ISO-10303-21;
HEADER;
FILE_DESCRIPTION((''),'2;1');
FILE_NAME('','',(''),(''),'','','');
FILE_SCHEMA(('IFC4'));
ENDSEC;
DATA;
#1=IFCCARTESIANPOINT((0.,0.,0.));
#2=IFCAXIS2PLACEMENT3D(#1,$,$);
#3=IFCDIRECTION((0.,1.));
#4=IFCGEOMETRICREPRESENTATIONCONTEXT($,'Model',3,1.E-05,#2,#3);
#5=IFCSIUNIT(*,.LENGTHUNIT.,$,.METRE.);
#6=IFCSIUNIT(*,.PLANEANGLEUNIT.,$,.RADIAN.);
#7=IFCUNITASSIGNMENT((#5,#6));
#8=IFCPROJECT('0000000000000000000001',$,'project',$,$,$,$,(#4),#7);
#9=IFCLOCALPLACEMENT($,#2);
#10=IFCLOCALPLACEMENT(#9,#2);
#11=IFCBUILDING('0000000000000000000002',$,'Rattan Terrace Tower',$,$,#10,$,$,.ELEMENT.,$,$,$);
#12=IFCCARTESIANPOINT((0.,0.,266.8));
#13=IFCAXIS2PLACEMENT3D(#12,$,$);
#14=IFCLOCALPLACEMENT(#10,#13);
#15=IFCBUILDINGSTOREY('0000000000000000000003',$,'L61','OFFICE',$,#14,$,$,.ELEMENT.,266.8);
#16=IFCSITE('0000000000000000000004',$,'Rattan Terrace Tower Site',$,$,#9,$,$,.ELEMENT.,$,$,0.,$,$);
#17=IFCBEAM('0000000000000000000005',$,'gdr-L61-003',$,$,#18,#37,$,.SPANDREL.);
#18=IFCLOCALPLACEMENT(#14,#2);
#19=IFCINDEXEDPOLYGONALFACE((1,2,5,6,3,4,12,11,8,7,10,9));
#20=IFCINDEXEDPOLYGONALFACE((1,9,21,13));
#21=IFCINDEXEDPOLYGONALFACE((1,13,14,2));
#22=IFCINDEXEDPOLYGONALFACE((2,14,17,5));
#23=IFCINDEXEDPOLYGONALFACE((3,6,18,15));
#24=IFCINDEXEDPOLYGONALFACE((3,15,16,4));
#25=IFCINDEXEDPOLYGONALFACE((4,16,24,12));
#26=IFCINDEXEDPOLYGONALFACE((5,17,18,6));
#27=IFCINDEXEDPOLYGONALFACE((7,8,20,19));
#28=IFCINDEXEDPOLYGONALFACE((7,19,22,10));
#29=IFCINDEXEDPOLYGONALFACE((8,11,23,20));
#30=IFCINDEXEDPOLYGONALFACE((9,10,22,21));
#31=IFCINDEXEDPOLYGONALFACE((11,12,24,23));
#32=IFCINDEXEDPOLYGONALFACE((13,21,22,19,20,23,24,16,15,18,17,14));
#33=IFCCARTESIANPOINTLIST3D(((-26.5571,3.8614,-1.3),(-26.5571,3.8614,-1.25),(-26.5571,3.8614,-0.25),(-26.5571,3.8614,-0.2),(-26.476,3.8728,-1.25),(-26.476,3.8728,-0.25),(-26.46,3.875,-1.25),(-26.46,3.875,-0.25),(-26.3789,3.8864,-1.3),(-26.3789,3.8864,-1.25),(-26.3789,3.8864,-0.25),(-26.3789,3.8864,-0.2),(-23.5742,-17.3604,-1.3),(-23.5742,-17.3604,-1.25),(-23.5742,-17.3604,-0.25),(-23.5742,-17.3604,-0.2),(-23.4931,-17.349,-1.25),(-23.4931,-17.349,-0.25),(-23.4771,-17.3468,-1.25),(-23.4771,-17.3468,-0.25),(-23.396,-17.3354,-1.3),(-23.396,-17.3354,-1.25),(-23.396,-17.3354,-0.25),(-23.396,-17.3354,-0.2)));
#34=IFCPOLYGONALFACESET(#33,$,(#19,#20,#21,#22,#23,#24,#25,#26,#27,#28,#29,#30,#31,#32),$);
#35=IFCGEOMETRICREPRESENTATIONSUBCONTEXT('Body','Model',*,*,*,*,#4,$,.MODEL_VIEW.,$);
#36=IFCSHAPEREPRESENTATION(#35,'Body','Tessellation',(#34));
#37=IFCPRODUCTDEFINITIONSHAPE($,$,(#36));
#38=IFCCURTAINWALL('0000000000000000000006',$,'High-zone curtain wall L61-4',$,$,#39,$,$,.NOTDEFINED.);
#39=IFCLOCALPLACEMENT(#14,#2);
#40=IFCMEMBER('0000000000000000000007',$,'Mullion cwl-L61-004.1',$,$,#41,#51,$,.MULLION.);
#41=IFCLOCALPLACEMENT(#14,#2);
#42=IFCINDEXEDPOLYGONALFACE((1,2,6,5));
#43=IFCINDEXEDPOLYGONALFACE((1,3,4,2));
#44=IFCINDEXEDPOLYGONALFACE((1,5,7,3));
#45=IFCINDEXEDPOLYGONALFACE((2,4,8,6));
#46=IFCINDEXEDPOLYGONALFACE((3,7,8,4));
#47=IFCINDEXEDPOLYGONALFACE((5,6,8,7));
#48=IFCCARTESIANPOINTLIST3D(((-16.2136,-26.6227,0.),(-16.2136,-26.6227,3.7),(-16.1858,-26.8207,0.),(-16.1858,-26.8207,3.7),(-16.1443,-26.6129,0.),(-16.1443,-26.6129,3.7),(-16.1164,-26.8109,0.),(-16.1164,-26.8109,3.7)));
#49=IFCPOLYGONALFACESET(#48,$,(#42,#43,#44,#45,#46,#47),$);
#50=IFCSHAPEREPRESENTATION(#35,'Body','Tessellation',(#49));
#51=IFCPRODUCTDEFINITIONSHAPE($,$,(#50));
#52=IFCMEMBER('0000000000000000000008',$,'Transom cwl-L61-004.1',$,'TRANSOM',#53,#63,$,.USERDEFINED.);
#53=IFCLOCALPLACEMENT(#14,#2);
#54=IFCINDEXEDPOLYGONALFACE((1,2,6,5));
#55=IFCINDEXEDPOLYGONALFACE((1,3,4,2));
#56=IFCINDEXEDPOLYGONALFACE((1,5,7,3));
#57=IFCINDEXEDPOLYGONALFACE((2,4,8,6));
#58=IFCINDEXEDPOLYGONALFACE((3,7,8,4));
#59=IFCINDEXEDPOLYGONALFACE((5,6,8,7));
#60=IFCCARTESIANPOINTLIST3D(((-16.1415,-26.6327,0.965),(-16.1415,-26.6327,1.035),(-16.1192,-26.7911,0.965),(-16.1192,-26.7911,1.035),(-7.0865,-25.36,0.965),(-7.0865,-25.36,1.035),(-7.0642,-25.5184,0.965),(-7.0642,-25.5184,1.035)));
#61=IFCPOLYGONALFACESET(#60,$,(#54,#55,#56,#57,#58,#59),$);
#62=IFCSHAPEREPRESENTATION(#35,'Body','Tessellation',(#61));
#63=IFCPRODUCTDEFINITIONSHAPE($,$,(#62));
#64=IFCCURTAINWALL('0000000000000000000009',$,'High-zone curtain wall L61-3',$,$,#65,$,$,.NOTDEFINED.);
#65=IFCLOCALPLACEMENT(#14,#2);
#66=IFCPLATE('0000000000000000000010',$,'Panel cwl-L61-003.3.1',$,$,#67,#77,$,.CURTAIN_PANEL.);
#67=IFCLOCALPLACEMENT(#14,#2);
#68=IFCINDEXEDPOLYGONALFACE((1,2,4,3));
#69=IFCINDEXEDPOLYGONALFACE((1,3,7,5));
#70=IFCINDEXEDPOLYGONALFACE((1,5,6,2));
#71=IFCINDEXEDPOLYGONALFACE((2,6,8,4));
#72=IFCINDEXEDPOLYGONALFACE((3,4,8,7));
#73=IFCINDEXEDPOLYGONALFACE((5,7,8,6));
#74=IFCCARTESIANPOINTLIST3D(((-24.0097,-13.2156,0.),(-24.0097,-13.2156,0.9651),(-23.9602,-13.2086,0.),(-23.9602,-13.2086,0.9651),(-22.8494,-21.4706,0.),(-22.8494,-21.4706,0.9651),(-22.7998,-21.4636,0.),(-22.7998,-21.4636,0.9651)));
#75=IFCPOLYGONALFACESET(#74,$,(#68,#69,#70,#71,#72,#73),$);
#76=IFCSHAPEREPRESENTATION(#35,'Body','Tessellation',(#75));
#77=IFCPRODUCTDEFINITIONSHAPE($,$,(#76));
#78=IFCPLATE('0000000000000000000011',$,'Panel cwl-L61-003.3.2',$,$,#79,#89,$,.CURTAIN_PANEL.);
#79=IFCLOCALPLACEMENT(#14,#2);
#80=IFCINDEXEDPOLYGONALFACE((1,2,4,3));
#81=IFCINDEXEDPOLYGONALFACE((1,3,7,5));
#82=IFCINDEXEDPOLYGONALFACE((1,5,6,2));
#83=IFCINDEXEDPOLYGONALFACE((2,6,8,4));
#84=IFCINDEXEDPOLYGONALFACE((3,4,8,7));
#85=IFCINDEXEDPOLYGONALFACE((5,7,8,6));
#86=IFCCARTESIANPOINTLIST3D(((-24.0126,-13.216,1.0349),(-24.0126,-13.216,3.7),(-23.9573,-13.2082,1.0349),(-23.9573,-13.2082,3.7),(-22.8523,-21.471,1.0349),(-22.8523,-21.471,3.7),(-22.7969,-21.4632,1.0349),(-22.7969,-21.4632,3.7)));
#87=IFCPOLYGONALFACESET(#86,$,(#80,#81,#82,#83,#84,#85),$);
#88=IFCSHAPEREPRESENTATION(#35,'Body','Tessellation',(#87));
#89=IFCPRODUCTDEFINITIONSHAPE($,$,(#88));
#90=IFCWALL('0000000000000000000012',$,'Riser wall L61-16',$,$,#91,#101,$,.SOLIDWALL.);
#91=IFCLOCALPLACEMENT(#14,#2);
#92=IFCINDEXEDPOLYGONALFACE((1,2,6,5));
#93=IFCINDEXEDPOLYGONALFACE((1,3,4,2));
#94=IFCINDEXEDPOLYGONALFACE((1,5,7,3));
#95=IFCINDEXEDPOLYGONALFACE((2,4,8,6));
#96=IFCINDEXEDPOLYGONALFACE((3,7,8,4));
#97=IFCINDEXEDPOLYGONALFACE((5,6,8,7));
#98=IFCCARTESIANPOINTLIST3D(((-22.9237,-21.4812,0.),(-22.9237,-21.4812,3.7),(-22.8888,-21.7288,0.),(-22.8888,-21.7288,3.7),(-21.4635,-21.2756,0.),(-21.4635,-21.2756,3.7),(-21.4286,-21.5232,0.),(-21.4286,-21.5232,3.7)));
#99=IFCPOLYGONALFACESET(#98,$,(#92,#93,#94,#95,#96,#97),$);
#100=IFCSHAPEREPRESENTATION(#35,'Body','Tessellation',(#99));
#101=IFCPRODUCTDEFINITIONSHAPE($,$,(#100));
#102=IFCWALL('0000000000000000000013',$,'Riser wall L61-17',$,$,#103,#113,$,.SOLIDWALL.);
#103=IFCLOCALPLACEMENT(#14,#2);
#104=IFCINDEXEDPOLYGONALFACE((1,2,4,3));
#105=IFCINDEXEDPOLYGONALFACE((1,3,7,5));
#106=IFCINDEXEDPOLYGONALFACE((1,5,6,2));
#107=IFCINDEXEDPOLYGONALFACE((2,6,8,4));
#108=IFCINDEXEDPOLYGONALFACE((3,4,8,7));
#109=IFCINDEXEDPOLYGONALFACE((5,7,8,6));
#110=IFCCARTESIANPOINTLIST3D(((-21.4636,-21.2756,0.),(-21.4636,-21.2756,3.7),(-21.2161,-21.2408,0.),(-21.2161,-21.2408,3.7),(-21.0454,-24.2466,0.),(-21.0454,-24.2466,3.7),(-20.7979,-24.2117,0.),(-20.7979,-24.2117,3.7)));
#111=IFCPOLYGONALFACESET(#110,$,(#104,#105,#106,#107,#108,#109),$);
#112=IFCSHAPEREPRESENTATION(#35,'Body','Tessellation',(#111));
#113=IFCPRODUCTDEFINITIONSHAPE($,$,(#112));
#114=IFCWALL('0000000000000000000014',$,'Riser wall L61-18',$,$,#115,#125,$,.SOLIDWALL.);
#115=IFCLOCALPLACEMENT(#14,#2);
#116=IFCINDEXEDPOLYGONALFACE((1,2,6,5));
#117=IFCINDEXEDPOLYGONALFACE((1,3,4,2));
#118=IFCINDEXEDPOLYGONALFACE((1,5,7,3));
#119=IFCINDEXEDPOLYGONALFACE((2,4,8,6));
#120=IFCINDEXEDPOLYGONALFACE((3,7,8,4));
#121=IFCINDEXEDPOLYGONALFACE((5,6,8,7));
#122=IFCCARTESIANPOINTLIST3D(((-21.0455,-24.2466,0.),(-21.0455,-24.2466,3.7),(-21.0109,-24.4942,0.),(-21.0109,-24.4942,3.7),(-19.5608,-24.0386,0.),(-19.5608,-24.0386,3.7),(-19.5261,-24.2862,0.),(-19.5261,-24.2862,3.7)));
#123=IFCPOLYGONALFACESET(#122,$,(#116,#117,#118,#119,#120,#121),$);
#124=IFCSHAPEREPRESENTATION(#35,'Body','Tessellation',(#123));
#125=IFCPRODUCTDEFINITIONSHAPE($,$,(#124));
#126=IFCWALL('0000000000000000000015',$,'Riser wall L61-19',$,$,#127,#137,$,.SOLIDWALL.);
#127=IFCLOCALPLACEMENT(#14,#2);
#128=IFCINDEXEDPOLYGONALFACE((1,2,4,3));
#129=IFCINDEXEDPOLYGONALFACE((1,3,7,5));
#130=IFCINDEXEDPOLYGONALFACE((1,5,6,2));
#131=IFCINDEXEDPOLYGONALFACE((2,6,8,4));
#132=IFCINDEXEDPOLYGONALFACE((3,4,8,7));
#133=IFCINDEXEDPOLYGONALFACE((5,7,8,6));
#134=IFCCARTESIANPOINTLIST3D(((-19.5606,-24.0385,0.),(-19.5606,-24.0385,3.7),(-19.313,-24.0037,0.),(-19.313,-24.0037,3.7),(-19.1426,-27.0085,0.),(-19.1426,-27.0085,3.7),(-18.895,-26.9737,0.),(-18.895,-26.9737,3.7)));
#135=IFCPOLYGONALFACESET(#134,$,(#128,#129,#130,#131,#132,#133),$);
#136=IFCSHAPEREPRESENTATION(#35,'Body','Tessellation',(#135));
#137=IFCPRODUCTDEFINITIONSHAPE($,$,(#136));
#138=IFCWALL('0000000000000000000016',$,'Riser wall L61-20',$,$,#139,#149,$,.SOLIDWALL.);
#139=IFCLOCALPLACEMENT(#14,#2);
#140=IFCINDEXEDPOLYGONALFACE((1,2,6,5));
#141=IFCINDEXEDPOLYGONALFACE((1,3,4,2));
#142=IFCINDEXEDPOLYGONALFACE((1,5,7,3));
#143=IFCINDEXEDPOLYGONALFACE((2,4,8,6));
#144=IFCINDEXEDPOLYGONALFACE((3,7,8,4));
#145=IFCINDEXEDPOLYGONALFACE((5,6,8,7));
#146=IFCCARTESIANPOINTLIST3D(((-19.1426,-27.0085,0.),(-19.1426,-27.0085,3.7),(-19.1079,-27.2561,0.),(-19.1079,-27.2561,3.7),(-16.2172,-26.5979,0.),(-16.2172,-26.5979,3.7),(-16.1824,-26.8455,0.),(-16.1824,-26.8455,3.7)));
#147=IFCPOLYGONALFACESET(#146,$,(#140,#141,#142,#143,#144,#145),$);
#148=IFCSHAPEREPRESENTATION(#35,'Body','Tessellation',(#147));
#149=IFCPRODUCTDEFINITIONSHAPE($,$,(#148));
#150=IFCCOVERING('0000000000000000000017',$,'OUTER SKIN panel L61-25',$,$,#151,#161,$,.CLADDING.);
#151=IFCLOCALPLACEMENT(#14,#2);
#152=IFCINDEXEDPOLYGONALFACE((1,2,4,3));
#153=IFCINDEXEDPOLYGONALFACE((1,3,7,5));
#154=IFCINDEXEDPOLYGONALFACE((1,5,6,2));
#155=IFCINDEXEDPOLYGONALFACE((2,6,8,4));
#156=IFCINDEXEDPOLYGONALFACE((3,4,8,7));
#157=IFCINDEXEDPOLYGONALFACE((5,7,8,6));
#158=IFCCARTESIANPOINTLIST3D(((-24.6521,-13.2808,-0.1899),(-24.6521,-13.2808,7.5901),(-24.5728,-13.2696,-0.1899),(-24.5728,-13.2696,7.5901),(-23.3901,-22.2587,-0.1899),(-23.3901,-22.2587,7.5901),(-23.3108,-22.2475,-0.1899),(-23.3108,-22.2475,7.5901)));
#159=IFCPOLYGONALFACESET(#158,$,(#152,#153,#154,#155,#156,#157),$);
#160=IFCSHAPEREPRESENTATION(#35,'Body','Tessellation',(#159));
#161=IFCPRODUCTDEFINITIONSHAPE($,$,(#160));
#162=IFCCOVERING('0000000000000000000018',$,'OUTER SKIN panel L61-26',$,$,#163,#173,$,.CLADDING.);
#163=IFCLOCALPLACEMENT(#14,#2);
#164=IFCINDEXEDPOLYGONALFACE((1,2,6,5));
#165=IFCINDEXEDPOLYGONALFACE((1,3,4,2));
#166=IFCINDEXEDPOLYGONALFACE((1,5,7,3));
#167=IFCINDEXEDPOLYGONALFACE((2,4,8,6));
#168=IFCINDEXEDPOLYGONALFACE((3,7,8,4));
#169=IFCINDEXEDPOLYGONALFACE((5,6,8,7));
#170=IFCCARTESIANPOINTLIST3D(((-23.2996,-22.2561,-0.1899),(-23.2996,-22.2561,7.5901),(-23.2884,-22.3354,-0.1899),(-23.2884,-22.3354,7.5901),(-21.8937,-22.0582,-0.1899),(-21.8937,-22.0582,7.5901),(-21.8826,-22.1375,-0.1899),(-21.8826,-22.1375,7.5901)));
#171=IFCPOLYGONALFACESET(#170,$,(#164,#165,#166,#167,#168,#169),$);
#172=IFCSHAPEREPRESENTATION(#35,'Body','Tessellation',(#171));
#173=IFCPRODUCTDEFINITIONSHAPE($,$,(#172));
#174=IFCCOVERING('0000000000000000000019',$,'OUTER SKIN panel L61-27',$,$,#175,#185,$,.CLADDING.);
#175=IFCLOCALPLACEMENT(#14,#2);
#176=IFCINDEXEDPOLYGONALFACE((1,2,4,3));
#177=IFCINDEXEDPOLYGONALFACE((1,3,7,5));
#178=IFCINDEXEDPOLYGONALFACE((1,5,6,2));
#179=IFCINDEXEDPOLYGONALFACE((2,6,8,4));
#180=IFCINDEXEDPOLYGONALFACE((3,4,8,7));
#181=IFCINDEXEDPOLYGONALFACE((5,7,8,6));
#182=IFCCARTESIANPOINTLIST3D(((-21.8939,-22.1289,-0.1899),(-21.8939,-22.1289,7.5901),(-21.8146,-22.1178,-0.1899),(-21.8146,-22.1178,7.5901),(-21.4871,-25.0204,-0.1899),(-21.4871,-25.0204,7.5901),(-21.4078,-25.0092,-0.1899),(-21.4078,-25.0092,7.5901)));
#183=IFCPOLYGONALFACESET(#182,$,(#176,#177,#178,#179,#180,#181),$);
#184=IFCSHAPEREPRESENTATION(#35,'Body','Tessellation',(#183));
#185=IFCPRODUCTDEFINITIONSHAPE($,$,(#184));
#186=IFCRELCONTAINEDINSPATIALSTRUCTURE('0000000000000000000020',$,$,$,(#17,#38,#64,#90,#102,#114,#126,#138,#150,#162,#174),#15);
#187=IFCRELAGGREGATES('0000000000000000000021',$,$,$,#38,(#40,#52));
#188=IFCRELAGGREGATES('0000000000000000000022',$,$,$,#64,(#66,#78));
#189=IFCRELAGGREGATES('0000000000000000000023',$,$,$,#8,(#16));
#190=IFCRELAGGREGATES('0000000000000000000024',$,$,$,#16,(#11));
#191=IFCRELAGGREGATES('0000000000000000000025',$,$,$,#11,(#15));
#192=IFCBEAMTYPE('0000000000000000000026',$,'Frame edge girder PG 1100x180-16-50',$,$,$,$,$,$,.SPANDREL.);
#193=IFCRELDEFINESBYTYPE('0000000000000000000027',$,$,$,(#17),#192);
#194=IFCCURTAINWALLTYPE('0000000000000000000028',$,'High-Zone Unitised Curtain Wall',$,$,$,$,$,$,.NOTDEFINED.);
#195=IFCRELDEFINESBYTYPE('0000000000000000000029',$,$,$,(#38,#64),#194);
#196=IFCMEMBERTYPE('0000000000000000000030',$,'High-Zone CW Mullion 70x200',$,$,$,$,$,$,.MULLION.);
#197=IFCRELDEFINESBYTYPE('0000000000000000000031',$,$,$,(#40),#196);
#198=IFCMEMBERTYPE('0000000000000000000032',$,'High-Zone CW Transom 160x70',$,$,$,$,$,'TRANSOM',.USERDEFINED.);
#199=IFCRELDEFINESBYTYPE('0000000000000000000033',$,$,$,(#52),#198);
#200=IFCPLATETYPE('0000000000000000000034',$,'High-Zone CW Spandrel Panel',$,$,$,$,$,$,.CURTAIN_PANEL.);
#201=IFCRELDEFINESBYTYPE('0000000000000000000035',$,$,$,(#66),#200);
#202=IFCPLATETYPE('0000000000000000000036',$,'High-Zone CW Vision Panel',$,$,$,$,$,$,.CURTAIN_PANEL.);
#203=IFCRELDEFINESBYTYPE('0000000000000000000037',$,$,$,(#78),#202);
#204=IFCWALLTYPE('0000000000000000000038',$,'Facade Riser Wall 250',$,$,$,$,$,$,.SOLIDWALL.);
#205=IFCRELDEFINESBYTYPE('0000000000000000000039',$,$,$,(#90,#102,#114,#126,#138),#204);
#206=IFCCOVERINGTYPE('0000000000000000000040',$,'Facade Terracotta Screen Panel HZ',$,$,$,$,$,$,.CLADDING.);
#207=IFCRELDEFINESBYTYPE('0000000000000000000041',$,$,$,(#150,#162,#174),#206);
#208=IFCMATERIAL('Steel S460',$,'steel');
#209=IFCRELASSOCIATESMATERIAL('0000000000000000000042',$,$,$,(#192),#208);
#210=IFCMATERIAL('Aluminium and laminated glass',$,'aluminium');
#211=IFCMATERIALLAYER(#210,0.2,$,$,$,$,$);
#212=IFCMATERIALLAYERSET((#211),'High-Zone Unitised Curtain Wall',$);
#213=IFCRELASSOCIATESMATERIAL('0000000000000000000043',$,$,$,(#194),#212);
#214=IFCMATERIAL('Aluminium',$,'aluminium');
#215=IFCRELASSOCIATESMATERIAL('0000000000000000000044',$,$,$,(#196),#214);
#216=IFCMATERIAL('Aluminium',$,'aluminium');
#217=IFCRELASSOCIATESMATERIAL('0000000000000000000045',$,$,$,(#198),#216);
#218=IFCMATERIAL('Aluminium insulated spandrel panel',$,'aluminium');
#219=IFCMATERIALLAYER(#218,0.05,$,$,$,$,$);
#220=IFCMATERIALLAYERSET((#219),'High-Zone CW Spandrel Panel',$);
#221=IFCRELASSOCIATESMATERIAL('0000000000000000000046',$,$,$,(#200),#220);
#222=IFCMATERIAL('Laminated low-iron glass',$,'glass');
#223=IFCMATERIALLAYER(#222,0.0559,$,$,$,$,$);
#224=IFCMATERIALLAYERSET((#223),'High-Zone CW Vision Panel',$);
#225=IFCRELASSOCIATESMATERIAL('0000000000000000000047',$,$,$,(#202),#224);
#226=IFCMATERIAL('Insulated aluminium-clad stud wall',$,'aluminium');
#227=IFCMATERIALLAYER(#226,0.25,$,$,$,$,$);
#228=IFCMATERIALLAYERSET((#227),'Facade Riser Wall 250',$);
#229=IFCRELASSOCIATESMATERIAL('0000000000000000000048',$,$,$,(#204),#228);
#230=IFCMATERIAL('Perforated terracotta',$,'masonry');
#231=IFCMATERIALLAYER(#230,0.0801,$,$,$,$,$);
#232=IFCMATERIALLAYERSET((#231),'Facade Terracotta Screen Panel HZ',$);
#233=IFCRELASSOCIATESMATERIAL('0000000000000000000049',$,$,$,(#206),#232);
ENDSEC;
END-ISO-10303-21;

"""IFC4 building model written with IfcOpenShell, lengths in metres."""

from ifc_helpers import new_model, si_unit, direction, frame, frame_2d, origin, origin_2d, place, context, subcontext, project, spatial, rectangle, i_section, extrude, material, layer, layer_set, material_profile, profile_set, type_object, element, aggregate, save


model = new_model("IFC4")

# Units and contexts
model_context = context("Model", 3, precision=1e-05, world=origin(), true_north=direction((0.0, 1.0)))
body_context = subcontext(model_context, "Body", "Model", "MODEL_VIEW")
ifc_project = project(units=[si_unit("LENGTHUNIT", "METRE"), si_unit("PLANEANGLEUNIT", "RADIAN")], contexts=[model_context])

# Site, building, storey
site_placement = place(None, origin())
site = spatial("IfcSite", under=ifc_project, at=site_placement, Name="Rattan Terrace Tower Site", CompositionType="ELEMENT", RefElevation=0.0)
building_placement = place(site_placement, origin())
building = spatial("IfcBuilding", under=site, at=building_placement, Name="Rattan Terrace Tower", CompositionType="ELEMENT")
storey_placement = place(building_placement, frame((0.0, 0.0, 266.8)))
storey = spatial("IfcBuildingStorey", under=building, at=storey_placement, Name="L61", Description="OFFICE", CompositionType="ELEMENT", Elevation=266.8)

# Beam
ifc_material_1 = material(Name="Steel S460", Category="steel")
ifc_material_profile_1 = material_profile(ifc_material_1, i_section(OverallWidth=0.1799, OverallDepth=1.1001, WebThickness=0.0161, FlangeThickness=0.05, at=origin_2d()), Name="PG 1100x180-16-50")
ifc_profile_set_1 = profile_set([ifc_material_profile_1], Name="Steel S460")
beam_type = type_object("IfcBeamType", Name="Frame edge girder PG 1100x180-16-50", PredefinedType="SPANDREL", material=ifc_profile_set_1)
beam_placement = place(storey_placement, frame((-23.4851, -17.3479, -0.75), z_axis=(-0.13919, 0.990266, 0.0), x_axis=(-0.990266, -0.13919, 0.0)))
element("IfcBeam", 1, at=beam_placement, inside=storey, type_object=beam_type, Name="gdr-L61-003", PredefinedType="SPANDREL", context=body_context, shape_type="SweptSolid", body=[
    extrude(i_section(OverallWidth=0.1799, OverallDepth=1.1001, WebThickness=0.0161, FlangeThickness=0.05, at=origin_2d()), origin(), (0.0, 0.0, 1.0), 21.4304),
])

# Curtain wall, members
ifc_material_2 = material(Name="Aluminium and laminated glass", Category="aluminium")
ifc_layer_1 = layer(ifc_material_2, 0.2)
ifc_layer_set_1 = layer_set([ifc_layer_1], Name="High-Zone Unitised Curtain Wall")
curtain_wall_type = type_object("IfcCurtainWallType", Name="High-Zone Unitised Curtain Wall", PredefinedType="NOTDEFINED", material=ifc_layer_set_1)
curtain_wall_1_placement = place(storey_placement, origin())
curtain_wall_1 = element("IfcCurtainWall", 2, at=curtain_wall_1_placement, inside=storey, type_object=curtain_wall_type, Name="High-zone curtain wall L61-4", PredefinedType="NOTDEFINED")
ifc_material_3 = material(Name="Aluminium", Category="aluminium")
ifc_material_profile_2 = material_profile(ifc_material_3, rectangle(XDim=0.0701, YDim=0.2, at=origin_2d()), Name="Aluminium 70x200")
ifc_profile_set_2 = profile_set([ifc_material_profile_2], Name="Aluminium")
member_type_1 = type_object("IfcMemberType", Name="High-Zone CW Mullion 70x200", PredefinedType="MULLION", material=ifc_profile_set_2)
member_1_placement = place(storey_placement, frame((-16.165, -26.7168, 0.0), z_axis=(0.0, 0.0, 1.0), x_axis=(0.990266, 0.139189, 0.0)))
member_1 = element("IfcMember", 3, at=member_1_placement, type_object=member_type_1, Name="Mullion cwl-L61-004.1", PredefinedType="MULLION", context=body_context, shape_type="SweptSolid", body=[
    extrude(rectangle(XDim=0.0701, YDim=0.2, at=origin_2d()), origin(), (0.0, 0.0, 1.0), 3.7),
])
ifc_material_4 = material(Name="Aluminium", Category="aluminium")
ifc_material_profile_3 = material_profile(ifc_material_4, rectangle(XDim=0.1599, YDim=0.0701, at=origin_2d()), Name="Aluminium 160x70")
ifc_profile_set_3 = profile_set([ifc_material_profile_3], Name="Aluminium")
member_type_2 = type_object("IfcMemberType", Name="High-Zone CW Transom 160x70", ElementType="TRANSOM", PredefinedType="USERDEFINED", material=ifc_profile_set_3)
member_2_placement = place(storey_placement, frame((-16.1304, -26.7119, 1.0), z_axis=(0.990266, 0.139186, 0.0), x_axis=(-0.139186, 0.990266, 0.0)))
member_2 = element("IfcMember", 4, at=member_2_placement, type_object=member_type_2, Name="Transom cwl-L61-004.1", ObjectType="TRANSOM", PredefinedType="USERDEFINED", context=body_context, shape_type="SweptSolid", body=[
    extrude(rectangle(XDim=0.1599, YDim=0.0701, at=origin_2d()), origin(), (0.0, 0.0, 1.0), 9.144),
])
aggregate(curtain_wall_1, [member_1, member_2])

# Curtain wall, plates
curtain_wall_2_placement = place(storey_placement, origin())
curtain_wall_2 = element("IfcCurtainWall", 5, at=curtain_wall_2_placement, inside=storey, type_object=curtain_wall_type, Name="High-zone curtain wall L61-3", PredefinedType="NOTDEFINED")
ifc_material_5 = material(Name="Aluminium insulated spandrel panel", Category="aluminium")
ifc_layer_2 = layer(ifc_material_5, 0.05)
ifc_layer_set_2 = layer_set([ifc_layer_2], Name="High-Zone CW Spandrel Panel")
plate_type_1 = type_object("IfcPlateType", Name="High-Zone CW Spandrel Panel", PredefinedType="CURTAIN_PANEL", material=ifc_layer_set_2)
plate_1_placement = place(storey_placement, frame((-23.4048, -17.3396, 0.0), z_axis=(0.0, 0.0, 1.0), x_axis=(0.139192, -0.990265, 0.0)))
plate_1 = element("IfcPlate", 6, at=plate_1_placement, type_object=plate_type_1, Name="Panel cwl-L61-003.3.1", PredefinedType="CURTAIN_PANEL", context=body_context, shape_type="SweptSolid", body=[
    extrude(rectangle(XDim=8.3362, YDim=0.05, at=origin_2d()), origin(), (0.0, 0.0, 1.0), 0.9651),
])
ifc_material_6 = material(Name="Laminated low-iron glass", Category="glass")
ifc_layer_3 = layer(ifc_material_6, 0.0559)
ifc_layer_set_3 = layer_set([ifc_layer_3], Name="High-Zone CW Vision Panel")
plate_type_2 = type_object("IfcPlateType", Name="High-Zone CW Vision Panel", PredefinedType="CURTAIN_PANEL", material=ifc_layer_set_3)
plate_2_placement = place(storey_placement, frame((-23.4048, -17.3396, 1.0349), z_axis=(0.0, 0.0, 1.0), x_axis=(0.139192, -0.990265, 0.0)))
plate_2 = element("IfcPlate", 7, at=plate_2_placement, type_object=plate_type_2, Name="Panel cwl-L61-003.3.2", PredefinedType="CURTAIN_PANEL", context=body_context, shape_type="SweptSolid", body=[
    extrude(rectangle(XDim=8.3362, YDim=0.0559, at=origin_2d()), origin(), (0.0, 0.0, 1.0), 2.665),
])
aggregate(curtain_wall_2, [plate_1, plate_2])

# Walls
ifc_material_7 = material(Name="Insulated aluminium-clad stud wall", Category="aluminium")
ifc_layer_4 = layer(ifc_material_7, 0.25)
ifc_layer_set_4 = layer_set([ifc_layer_4], Name="Facade Riser Wall 250")
wall_type = type_object("IfcWallType", Name="Facade Riser Wall 250", PredefinedType="SOLIDWALL", material=ifc_layer_set_4)
wall_1_placement = place(storey_placement, frame((-22.9062, -21.605, 0.0), z_axis=(0.0, 0.0, 1.0), x_axis=(0.990236, 0.139404, 0.0)))
element("IfcWall", 8, at=wall_1_placement, inside=storey, type_object=wall_type, Name="Riser wall L61-16", PredefinedType="SOLIDWALL", context=body_context, shape_type="SweptSolid", body=[
    extrude(rectangle(XDim=1.4746, YDim=0.25, at=frame_2d((0.7373, 0.0))), origin(), (0.0, 0.0, 1.0), 3.7),
])
wall_2_placement = place(storey_placement, frame((-21.3398, -21.2583, 0.0), z_axis=(0.0, 0.0, 1.0), x_axis=(0.139393, -0.990237, 0.0)))
element("IfcWall", 9, at=wall_2_placement, inside=storey, type_object=wall_type, Name="Riser wall L61-17", PredefinedType="SOLIDWALL", context=body_context, shape_type="SweptSolid", body=[
    extrude(rectangle(XDim=3.0002, YDim=0.25, at=frame_2d((1.5, 0.0))), origin(), (0.0, 0.0, 1.0), 3.7),
])
wall_3_placement = place(storey_placement, frame((-21.0281, -24.3704, 0.0), z_axis=(0.0, 0.0, 1.0), x_axis=(0.99033, 0.138731, 0.0)))
element("IfcWall", 10, at=wall_3_placement, inside=storey, type_object=wall_type, Name="Riser wall L61-18", PredefinedType="SOLIDWALL", context=body_context, shape_type="SweptSolid", body=[
    extrude(rectangle(XDim=1.4993, YDim=0.25, at=frame_2d((0.7495, 0.0))), origin(), (0.0, 0.0, 1.0), 3.7),
])
wall_4_placement = place(storey_placement, frame((-19.4368, -24.0212, 0.0), z_axis=(0.0, 0.0, 1.0), x_axis=(0.139358, -0.990242, 0.0)))
element("IfcWall", 11, at=wall_4_placement, inside=storey, type_object=wall_type, Name="Riser wall L61-19", PredefinedType="SOLIDWALL", context=body_context, shape_type="SweptSolid", body=[
    extrude(rectangle(XDim=2.9993, YDim=0.25, at=frame_2d((1.4995, 0.0))), origin(), (0.0, 0.0, 1.0), 3.7),
])
wall_5_placement = place(storey_placement, frame((-19.1252, -27.1323, 0.0), z_axis=(0.0, 0.0, 1.0), x_axis=(0.990292, 0.139003, 0.0)))
element("IfcWall", 12, at=wall_5_placement, inside=storey, type_object=wall_type, Name="Riser wall L61-20", PredefinedType="SOLIDWALL", context=body_context, shape_type="SweptSolid", body=[
    extrude(rectangle(XDim=2.9541, YDim=0.25, at=frame_2d((1.4771, 0.0))), origin(), (0.0, 0.0, 1.0), 3.7),
])

# Coverings
ifc_material_8 = material(Name="Perforated terracotta", Category="masonry")
ifc_layer_5 = layer(ifc_material_8, 0.0801)
ifc_layer_set_5 = layer_set([ifc_layer_5], Name="Facade Terracotta Screen Panel HZ")
covering_type = type_object("IfcCoveringType", Name="Facade Terracotta Screen Panel HZ", PredefinedType="CLADDING", material=ifc_layer_set_5)
covering_1_placement = place(storey_placement, frame((-23.9814, -17.7642, -0.1899), z_axis=(0.0, 0.0, 1.0), x_axis=(0.139192, -0.990265, 0.0)))
element("IfcCovering", 13, at=covering_1_placement, inside=storey, type_object=covering_type, Name="OUTER SKIN panel L61-25", PredefinedType="CLADDING", context=body_context, shape_type="SweptSolid", body=[
    extrude(rectangle(XDim=9.0662, YDim=0.0801, at=origin_2d()), origin(), (0.0, 0.0, 1.0), 7.78),
])
covering_2_placement = place(storey_placement, frame((-22.5911, -22.1968, -0.1899), z_axis=(0.0, 0.0, 1.0), x_axis=(0.990241, 0.139367, 0.0)))
element("IfcCovering", 14, at=covering_2_placement, inside=storey, type_object=covering_type, Name="OUTER SKIN panel L61-26", PredefinedType="CLADDING", context=body_context, shape_type="SweptSolid", body=[
    extrude(rectangle(XDim=1.4197, YDim=0.0801, at=origin_2d()), origin(), (0.0, 0.0, 1.0), 7.78),
])
covering_3_placement = place(storey_placement, frame((-21.6509, -23.5691, -0.1899), z_axis=(0.0, 0.0, 1.0), x_axis=(0.139321, -0.990247, 0.0)))
element("IfcCovering", 15, at=covering_3_placement, inside=storey, type_object=covering_type, Name="OUTER SKIN panel L61-27", PredefinedType="CLADDING", context=body_context, shape_type="SweptSolid", body=[
    extrude(rectangle(XDim=2.9199, YDim=0.0801, at=origin_2d()), origin(), (0.0, 0.0, 1.0), 7.78),
])

save(model, "model.ifc")
